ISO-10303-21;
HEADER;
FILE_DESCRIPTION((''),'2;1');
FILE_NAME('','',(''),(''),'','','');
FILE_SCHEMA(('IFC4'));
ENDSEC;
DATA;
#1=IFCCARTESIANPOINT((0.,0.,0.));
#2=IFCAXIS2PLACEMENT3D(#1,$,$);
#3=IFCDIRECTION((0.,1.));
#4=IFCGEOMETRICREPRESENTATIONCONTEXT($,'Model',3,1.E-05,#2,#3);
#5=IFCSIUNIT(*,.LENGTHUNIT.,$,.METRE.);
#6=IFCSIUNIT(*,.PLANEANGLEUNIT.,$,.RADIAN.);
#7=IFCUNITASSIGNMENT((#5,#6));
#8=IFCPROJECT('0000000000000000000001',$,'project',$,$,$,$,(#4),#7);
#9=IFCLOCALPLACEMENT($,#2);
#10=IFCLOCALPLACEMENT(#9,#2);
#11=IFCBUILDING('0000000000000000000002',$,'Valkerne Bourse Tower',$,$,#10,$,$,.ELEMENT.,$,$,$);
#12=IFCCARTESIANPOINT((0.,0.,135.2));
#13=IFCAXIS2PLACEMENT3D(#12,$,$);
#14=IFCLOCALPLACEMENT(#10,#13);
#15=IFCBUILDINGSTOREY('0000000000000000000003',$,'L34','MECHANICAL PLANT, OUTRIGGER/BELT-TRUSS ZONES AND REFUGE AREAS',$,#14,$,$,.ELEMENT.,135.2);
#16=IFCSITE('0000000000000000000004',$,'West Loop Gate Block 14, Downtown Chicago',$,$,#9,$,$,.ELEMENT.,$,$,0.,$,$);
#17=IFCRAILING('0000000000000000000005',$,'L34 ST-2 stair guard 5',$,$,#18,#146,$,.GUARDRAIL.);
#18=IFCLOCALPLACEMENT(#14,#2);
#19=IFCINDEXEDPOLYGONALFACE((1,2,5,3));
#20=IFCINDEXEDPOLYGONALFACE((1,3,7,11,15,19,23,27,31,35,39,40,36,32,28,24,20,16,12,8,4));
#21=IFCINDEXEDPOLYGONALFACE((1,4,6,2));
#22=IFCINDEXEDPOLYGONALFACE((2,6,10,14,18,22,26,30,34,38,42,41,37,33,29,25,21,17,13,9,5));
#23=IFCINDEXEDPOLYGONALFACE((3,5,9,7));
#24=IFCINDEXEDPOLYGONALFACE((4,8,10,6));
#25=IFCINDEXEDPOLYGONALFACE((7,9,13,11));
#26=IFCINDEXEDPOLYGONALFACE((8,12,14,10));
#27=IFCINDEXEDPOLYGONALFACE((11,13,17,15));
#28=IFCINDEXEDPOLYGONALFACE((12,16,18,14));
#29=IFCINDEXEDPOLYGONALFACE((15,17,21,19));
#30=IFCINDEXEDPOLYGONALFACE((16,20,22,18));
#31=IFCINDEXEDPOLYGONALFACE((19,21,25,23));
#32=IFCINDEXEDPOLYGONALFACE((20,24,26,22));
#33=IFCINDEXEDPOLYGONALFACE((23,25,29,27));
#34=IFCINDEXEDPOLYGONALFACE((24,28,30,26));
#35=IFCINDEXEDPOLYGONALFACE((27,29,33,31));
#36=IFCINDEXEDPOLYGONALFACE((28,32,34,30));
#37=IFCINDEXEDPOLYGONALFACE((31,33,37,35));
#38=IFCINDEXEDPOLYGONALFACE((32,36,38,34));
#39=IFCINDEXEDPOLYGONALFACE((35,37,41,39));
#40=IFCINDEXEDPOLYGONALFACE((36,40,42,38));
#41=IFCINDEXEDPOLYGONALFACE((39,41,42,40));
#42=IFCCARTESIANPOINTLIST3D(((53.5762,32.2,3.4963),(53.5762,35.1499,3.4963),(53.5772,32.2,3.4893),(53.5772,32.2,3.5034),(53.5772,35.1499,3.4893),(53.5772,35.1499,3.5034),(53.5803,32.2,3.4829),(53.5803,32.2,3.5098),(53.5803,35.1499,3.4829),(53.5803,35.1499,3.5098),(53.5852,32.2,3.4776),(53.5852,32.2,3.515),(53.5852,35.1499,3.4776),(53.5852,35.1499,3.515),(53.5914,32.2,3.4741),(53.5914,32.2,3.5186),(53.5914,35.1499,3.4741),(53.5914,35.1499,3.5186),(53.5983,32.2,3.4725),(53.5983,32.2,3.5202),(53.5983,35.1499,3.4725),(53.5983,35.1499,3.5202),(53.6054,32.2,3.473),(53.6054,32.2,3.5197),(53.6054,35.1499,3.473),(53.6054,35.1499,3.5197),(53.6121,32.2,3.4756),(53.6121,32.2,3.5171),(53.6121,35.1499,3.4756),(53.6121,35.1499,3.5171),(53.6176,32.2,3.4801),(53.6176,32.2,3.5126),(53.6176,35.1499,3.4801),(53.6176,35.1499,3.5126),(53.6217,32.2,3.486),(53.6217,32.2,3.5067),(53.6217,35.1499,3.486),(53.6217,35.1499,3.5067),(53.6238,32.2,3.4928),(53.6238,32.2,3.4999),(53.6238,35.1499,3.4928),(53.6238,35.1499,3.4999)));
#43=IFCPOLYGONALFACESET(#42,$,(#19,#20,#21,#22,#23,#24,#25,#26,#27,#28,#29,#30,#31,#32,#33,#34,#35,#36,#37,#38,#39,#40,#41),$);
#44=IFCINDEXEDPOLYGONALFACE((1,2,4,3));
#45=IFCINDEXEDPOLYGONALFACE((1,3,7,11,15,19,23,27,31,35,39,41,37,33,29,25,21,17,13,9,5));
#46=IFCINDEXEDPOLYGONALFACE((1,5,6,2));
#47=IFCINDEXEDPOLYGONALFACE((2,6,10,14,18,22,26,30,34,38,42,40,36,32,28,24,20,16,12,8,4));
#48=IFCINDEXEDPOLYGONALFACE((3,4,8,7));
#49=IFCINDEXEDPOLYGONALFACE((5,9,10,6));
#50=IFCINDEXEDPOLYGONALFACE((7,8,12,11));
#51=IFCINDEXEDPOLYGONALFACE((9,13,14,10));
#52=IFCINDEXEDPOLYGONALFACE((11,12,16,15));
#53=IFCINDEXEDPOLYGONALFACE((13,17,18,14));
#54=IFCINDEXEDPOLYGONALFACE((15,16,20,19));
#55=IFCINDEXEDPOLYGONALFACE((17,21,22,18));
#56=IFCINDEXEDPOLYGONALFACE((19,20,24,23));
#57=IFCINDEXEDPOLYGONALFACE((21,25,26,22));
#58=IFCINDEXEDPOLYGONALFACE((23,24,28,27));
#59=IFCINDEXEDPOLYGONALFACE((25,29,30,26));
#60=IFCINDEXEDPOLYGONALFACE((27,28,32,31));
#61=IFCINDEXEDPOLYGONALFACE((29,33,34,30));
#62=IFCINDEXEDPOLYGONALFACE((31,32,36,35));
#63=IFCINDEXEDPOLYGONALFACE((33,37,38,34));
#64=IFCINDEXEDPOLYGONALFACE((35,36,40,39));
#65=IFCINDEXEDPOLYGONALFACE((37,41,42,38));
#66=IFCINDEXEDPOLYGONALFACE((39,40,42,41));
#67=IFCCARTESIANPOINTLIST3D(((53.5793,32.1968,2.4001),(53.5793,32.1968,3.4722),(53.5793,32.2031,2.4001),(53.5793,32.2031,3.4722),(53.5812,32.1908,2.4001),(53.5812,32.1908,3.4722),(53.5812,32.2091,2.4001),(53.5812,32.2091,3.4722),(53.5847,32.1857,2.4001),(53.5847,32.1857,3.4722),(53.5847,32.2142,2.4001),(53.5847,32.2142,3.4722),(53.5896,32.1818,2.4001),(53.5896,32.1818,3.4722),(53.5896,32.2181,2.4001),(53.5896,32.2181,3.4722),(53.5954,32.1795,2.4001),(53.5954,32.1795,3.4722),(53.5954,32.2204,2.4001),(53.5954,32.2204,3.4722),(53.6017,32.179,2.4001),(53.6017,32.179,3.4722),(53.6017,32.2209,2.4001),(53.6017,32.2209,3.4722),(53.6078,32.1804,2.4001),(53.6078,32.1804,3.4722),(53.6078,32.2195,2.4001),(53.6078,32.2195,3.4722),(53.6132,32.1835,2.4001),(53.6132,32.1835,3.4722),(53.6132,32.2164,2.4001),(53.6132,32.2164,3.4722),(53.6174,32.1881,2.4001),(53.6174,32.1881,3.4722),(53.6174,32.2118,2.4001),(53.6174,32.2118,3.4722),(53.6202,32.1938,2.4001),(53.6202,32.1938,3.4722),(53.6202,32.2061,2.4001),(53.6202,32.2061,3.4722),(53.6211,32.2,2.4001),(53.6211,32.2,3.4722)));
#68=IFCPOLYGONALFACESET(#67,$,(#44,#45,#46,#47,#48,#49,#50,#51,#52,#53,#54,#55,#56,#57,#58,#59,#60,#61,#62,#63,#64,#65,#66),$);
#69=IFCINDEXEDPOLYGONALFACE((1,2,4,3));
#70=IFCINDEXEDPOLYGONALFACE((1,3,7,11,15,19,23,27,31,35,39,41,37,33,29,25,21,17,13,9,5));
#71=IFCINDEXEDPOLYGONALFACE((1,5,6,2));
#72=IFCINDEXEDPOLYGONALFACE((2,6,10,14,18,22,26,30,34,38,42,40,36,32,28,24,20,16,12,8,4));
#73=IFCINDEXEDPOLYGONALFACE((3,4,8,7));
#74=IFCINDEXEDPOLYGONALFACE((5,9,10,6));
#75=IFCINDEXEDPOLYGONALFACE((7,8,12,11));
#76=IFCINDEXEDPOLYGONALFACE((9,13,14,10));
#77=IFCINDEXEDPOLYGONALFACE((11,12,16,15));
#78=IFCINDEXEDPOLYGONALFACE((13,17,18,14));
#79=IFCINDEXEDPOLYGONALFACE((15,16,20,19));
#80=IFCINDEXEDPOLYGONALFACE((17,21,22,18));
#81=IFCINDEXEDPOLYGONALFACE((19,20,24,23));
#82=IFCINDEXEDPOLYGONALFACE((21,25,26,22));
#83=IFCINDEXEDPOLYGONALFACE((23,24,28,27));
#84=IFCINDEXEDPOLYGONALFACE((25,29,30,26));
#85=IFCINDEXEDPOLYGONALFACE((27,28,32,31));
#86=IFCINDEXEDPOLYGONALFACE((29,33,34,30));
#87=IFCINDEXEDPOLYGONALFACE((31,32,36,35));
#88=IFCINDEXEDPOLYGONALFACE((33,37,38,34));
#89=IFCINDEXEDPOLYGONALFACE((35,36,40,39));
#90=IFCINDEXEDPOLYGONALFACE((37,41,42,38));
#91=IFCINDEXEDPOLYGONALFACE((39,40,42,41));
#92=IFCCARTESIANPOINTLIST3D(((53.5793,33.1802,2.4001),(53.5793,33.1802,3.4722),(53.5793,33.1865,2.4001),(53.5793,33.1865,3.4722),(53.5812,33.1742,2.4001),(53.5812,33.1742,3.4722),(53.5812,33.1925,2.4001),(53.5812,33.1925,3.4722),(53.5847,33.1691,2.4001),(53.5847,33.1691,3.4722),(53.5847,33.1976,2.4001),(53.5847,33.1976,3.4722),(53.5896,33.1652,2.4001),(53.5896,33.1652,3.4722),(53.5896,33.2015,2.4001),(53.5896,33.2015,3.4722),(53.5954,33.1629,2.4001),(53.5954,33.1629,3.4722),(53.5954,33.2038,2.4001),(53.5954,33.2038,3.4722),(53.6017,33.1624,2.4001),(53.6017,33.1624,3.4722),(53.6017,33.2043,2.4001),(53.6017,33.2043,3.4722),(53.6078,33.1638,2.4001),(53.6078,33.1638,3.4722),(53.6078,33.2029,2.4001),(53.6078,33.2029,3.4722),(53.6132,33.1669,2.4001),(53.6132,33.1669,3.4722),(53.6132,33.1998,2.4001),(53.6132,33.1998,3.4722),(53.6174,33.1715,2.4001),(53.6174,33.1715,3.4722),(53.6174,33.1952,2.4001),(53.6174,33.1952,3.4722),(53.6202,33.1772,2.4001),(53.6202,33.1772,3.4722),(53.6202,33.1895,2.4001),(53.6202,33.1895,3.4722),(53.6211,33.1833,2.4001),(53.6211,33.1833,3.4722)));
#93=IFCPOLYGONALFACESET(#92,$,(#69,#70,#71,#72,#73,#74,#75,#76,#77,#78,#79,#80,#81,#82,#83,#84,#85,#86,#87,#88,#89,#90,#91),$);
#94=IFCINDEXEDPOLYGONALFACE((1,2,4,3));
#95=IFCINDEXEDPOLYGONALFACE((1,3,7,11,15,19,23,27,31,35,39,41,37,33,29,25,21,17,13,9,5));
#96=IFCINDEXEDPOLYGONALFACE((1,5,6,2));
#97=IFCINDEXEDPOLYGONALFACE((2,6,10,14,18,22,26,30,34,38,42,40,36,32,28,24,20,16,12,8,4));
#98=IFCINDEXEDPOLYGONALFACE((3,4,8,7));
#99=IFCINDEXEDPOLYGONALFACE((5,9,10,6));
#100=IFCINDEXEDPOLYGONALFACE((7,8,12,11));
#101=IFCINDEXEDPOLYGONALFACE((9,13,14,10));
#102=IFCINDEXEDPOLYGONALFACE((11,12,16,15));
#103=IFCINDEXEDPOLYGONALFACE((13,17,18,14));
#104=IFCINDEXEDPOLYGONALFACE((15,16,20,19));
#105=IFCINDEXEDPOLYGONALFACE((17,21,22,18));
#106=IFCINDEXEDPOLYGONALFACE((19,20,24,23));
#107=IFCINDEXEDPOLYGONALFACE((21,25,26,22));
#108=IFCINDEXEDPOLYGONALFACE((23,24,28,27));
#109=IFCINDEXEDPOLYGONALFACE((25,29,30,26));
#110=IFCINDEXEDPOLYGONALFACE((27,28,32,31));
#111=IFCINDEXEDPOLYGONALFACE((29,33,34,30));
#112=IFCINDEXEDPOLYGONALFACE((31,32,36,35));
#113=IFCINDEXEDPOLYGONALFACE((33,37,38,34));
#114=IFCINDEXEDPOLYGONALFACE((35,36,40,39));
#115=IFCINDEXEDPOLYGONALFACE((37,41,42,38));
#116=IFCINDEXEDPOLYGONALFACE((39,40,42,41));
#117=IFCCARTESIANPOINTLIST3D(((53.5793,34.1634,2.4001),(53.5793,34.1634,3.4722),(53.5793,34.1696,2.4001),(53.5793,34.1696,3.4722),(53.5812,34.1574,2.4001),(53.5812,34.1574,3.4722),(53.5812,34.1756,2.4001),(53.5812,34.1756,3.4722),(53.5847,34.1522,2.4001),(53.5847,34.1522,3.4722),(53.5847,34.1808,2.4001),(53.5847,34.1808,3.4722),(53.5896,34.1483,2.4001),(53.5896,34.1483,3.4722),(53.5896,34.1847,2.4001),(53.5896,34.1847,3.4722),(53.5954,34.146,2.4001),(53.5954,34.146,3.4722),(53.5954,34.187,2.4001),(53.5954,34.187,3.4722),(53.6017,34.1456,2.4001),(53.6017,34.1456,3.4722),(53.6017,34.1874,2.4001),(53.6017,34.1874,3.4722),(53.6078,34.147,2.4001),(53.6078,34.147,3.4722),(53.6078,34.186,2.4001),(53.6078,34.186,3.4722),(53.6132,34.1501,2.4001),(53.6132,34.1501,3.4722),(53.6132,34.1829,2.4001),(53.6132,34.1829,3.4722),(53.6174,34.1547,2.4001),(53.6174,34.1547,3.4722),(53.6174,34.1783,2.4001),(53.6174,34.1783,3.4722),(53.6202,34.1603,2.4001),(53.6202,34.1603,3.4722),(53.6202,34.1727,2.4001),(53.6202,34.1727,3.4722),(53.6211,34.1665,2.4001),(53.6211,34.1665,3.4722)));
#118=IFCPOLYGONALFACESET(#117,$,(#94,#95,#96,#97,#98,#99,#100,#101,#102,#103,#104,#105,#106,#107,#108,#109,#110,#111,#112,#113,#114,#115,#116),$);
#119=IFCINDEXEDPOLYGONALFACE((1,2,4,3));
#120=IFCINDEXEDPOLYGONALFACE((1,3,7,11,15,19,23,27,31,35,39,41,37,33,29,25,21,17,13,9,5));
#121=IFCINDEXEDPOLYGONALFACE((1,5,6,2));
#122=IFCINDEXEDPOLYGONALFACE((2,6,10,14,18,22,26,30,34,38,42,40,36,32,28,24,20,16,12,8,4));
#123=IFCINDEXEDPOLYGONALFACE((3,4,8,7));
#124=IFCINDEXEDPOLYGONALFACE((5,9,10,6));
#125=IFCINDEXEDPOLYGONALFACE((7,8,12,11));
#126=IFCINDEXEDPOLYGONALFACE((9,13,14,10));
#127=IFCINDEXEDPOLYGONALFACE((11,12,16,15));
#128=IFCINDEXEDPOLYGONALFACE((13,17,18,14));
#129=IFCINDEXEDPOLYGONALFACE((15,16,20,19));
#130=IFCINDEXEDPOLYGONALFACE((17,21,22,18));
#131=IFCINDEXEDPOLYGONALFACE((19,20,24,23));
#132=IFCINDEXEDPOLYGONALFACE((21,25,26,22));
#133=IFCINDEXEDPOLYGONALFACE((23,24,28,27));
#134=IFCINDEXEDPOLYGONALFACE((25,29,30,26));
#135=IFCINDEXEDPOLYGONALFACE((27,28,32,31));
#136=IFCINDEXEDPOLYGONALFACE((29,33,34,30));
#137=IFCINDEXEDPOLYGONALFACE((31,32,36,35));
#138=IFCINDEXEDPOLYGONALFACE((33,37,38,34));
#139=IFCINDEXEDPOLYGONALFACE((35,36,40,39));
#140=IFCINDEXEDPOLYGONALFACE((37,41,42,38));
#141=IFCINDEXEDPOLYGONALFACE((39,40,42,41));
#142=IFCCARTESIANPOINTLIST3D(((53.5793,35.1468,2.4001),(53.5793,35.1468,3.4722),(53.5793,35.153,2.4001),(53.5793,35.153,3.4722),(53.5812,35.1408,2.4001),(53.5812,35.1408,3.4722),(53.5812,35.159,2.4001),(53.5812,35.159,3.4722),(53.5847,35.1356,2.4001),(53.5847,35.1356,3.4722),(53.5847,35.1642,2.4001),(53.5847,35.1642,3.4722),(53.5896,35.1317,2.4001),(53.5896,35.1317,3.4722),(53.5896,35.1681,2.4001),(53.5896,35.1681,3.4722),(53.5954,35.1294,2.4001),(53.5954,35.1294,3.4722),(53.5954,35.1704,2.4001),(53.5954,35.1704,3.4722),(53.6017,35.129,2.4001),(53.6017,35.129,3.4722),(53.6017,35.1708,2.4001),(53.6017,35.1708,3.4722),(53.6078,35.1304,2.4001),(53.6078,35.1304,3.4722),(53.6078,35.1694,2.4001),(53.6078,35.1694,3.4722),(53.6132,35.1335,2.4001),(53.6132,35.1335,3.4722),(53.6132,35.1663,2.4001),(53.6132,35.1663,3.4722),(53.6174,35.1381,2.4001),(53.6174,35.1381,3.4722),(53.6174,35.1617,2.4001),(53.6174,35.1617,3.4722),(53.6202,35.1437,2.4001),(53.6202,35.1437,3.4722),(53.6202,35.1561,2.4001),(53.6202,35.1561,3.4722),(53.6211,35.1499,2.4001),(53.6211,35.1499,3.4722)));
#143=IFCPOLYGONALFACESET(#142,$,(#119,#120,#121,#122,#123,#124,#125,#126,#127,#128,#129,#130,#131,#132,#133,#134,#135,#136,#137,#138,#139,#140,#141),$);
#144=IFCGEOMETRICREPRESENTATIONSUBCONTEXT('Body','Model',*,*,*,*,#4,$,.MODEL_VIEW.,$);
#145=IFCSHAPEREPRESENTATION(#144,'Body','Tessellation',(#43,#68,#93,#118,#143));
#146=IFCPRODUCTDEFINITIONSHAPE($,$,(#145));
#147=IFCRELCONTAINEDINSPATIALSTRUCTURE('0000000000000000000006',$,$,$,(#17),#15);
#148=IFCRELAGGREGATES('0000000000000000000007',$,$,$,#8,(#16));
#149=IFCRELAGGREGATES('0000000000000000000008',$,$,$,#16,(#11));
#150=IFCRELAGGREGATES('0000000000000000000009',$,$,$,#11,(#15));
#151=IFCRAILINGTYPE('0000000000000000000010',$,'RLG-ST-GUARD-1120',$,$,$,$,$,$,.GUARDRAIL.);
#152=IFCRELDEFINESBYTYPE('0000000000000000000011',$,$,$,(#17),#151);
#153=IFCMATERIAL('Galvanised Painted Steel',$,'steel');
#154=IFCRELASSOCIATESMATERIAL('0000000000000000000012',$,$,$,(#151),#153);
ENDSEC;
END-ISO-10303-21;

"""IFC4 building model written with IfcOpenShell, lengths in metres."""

from ifc_helpers import new_model, si_unit, direction, frame, origin, origin_2d, place, context, subcontext, project, spatial, circle, extrude, material, type_object, element, save


model = new_model("IFC4")

# Units and contexts
model_context = context("Model", 3, precision=1e-05, world=origin(), true_north=direction((0.0, 1.0)))
body_context = subcontext(model_context, "Body", "Model", "MODEL_VIEW")
ifc_project = project(units=[si_unit("LENGTHUNIT", "METRE"), si_unit("PLANEANGLEUNIT", "RADIAN")], contexts=[model_context])

# Site, building, storey
site_placement = place(None, origin())
site = spatial("IfcSite", under=ifc_project, at=site_placement, Name="West Loop Gate Block 14, Downtown Chicago", CompositionType="ELEMENT", RefElevation=0.0)
building_placement = place(site_placement, origin())
building = spatial("IfcBuilding", under=site, at=building_placement, Name="Valkerne Bourse Tower", CompositionType="ELEMENT")
storey_placement = place(building_placement, frame((0.0, 0.0, 135.2)))
storey = spatial("IfcBuildingStorey", under=building, at=storey_placement, Name="L34", Description="MECHANICAL PLANT, OUTRIGGER/BELT-TRUSS ZONES AND REFUGE AREAS", CompositionType="ELEMENT", Elevation=135.2)

# Railing
ifc_material_1 = material(Name="Galvanised Painted Steel", Category="steel")
railing_type_1 = type_object("IfcRailingType", Name="RLG-ST-GUARD-1120", PredefinedType="GUARDRAIL", material=ifc_material_1)
railing_1_placement = place(storey_placement, frame((53.6001, 32.2, 2.4001)))
element("IfcRailing", 1, at=railing_1_placement, inside=storey, type_object=railing_type_1, Name="L34 ST-2 stair guard 5", PredefinedType="GUARDRAIL", context=body_context, shape_type="SweptSolid", body=[
    extrude(circle(Radius=0.0239, at=origin_2d()), frame((0.0, 0.0, 1.0962), z_axis=(0.0, 1.0, 0.0), x_axis=(-1.0, 0.0, 0.0)), (0.0, 0.0, 1.0), 2.95),
    extrude(circle(Radius=0.021, at=origin_2d()), origin(), (0.0, 0.0, 1.0), 1.072),
    extrude(circle(Radius=0.021, at=origin_2d()), frame((0.0, 0.9834, 0.0)), (0.0, 0.0, 1.0), 1.072),
    extrude(circle(Radius=0.021, at=origin_2d()), frame((0.0, 1.9666, 0.0)), (0.0, 0.0, 1.0), 1.072),
    extrude(circle(Radius=0.021, at=origin_2d()), frame((0.0, 2.95, 0.0)), (0.0, 0.0, 1.0), 1.072),
])

save(model, "model.ifc")
